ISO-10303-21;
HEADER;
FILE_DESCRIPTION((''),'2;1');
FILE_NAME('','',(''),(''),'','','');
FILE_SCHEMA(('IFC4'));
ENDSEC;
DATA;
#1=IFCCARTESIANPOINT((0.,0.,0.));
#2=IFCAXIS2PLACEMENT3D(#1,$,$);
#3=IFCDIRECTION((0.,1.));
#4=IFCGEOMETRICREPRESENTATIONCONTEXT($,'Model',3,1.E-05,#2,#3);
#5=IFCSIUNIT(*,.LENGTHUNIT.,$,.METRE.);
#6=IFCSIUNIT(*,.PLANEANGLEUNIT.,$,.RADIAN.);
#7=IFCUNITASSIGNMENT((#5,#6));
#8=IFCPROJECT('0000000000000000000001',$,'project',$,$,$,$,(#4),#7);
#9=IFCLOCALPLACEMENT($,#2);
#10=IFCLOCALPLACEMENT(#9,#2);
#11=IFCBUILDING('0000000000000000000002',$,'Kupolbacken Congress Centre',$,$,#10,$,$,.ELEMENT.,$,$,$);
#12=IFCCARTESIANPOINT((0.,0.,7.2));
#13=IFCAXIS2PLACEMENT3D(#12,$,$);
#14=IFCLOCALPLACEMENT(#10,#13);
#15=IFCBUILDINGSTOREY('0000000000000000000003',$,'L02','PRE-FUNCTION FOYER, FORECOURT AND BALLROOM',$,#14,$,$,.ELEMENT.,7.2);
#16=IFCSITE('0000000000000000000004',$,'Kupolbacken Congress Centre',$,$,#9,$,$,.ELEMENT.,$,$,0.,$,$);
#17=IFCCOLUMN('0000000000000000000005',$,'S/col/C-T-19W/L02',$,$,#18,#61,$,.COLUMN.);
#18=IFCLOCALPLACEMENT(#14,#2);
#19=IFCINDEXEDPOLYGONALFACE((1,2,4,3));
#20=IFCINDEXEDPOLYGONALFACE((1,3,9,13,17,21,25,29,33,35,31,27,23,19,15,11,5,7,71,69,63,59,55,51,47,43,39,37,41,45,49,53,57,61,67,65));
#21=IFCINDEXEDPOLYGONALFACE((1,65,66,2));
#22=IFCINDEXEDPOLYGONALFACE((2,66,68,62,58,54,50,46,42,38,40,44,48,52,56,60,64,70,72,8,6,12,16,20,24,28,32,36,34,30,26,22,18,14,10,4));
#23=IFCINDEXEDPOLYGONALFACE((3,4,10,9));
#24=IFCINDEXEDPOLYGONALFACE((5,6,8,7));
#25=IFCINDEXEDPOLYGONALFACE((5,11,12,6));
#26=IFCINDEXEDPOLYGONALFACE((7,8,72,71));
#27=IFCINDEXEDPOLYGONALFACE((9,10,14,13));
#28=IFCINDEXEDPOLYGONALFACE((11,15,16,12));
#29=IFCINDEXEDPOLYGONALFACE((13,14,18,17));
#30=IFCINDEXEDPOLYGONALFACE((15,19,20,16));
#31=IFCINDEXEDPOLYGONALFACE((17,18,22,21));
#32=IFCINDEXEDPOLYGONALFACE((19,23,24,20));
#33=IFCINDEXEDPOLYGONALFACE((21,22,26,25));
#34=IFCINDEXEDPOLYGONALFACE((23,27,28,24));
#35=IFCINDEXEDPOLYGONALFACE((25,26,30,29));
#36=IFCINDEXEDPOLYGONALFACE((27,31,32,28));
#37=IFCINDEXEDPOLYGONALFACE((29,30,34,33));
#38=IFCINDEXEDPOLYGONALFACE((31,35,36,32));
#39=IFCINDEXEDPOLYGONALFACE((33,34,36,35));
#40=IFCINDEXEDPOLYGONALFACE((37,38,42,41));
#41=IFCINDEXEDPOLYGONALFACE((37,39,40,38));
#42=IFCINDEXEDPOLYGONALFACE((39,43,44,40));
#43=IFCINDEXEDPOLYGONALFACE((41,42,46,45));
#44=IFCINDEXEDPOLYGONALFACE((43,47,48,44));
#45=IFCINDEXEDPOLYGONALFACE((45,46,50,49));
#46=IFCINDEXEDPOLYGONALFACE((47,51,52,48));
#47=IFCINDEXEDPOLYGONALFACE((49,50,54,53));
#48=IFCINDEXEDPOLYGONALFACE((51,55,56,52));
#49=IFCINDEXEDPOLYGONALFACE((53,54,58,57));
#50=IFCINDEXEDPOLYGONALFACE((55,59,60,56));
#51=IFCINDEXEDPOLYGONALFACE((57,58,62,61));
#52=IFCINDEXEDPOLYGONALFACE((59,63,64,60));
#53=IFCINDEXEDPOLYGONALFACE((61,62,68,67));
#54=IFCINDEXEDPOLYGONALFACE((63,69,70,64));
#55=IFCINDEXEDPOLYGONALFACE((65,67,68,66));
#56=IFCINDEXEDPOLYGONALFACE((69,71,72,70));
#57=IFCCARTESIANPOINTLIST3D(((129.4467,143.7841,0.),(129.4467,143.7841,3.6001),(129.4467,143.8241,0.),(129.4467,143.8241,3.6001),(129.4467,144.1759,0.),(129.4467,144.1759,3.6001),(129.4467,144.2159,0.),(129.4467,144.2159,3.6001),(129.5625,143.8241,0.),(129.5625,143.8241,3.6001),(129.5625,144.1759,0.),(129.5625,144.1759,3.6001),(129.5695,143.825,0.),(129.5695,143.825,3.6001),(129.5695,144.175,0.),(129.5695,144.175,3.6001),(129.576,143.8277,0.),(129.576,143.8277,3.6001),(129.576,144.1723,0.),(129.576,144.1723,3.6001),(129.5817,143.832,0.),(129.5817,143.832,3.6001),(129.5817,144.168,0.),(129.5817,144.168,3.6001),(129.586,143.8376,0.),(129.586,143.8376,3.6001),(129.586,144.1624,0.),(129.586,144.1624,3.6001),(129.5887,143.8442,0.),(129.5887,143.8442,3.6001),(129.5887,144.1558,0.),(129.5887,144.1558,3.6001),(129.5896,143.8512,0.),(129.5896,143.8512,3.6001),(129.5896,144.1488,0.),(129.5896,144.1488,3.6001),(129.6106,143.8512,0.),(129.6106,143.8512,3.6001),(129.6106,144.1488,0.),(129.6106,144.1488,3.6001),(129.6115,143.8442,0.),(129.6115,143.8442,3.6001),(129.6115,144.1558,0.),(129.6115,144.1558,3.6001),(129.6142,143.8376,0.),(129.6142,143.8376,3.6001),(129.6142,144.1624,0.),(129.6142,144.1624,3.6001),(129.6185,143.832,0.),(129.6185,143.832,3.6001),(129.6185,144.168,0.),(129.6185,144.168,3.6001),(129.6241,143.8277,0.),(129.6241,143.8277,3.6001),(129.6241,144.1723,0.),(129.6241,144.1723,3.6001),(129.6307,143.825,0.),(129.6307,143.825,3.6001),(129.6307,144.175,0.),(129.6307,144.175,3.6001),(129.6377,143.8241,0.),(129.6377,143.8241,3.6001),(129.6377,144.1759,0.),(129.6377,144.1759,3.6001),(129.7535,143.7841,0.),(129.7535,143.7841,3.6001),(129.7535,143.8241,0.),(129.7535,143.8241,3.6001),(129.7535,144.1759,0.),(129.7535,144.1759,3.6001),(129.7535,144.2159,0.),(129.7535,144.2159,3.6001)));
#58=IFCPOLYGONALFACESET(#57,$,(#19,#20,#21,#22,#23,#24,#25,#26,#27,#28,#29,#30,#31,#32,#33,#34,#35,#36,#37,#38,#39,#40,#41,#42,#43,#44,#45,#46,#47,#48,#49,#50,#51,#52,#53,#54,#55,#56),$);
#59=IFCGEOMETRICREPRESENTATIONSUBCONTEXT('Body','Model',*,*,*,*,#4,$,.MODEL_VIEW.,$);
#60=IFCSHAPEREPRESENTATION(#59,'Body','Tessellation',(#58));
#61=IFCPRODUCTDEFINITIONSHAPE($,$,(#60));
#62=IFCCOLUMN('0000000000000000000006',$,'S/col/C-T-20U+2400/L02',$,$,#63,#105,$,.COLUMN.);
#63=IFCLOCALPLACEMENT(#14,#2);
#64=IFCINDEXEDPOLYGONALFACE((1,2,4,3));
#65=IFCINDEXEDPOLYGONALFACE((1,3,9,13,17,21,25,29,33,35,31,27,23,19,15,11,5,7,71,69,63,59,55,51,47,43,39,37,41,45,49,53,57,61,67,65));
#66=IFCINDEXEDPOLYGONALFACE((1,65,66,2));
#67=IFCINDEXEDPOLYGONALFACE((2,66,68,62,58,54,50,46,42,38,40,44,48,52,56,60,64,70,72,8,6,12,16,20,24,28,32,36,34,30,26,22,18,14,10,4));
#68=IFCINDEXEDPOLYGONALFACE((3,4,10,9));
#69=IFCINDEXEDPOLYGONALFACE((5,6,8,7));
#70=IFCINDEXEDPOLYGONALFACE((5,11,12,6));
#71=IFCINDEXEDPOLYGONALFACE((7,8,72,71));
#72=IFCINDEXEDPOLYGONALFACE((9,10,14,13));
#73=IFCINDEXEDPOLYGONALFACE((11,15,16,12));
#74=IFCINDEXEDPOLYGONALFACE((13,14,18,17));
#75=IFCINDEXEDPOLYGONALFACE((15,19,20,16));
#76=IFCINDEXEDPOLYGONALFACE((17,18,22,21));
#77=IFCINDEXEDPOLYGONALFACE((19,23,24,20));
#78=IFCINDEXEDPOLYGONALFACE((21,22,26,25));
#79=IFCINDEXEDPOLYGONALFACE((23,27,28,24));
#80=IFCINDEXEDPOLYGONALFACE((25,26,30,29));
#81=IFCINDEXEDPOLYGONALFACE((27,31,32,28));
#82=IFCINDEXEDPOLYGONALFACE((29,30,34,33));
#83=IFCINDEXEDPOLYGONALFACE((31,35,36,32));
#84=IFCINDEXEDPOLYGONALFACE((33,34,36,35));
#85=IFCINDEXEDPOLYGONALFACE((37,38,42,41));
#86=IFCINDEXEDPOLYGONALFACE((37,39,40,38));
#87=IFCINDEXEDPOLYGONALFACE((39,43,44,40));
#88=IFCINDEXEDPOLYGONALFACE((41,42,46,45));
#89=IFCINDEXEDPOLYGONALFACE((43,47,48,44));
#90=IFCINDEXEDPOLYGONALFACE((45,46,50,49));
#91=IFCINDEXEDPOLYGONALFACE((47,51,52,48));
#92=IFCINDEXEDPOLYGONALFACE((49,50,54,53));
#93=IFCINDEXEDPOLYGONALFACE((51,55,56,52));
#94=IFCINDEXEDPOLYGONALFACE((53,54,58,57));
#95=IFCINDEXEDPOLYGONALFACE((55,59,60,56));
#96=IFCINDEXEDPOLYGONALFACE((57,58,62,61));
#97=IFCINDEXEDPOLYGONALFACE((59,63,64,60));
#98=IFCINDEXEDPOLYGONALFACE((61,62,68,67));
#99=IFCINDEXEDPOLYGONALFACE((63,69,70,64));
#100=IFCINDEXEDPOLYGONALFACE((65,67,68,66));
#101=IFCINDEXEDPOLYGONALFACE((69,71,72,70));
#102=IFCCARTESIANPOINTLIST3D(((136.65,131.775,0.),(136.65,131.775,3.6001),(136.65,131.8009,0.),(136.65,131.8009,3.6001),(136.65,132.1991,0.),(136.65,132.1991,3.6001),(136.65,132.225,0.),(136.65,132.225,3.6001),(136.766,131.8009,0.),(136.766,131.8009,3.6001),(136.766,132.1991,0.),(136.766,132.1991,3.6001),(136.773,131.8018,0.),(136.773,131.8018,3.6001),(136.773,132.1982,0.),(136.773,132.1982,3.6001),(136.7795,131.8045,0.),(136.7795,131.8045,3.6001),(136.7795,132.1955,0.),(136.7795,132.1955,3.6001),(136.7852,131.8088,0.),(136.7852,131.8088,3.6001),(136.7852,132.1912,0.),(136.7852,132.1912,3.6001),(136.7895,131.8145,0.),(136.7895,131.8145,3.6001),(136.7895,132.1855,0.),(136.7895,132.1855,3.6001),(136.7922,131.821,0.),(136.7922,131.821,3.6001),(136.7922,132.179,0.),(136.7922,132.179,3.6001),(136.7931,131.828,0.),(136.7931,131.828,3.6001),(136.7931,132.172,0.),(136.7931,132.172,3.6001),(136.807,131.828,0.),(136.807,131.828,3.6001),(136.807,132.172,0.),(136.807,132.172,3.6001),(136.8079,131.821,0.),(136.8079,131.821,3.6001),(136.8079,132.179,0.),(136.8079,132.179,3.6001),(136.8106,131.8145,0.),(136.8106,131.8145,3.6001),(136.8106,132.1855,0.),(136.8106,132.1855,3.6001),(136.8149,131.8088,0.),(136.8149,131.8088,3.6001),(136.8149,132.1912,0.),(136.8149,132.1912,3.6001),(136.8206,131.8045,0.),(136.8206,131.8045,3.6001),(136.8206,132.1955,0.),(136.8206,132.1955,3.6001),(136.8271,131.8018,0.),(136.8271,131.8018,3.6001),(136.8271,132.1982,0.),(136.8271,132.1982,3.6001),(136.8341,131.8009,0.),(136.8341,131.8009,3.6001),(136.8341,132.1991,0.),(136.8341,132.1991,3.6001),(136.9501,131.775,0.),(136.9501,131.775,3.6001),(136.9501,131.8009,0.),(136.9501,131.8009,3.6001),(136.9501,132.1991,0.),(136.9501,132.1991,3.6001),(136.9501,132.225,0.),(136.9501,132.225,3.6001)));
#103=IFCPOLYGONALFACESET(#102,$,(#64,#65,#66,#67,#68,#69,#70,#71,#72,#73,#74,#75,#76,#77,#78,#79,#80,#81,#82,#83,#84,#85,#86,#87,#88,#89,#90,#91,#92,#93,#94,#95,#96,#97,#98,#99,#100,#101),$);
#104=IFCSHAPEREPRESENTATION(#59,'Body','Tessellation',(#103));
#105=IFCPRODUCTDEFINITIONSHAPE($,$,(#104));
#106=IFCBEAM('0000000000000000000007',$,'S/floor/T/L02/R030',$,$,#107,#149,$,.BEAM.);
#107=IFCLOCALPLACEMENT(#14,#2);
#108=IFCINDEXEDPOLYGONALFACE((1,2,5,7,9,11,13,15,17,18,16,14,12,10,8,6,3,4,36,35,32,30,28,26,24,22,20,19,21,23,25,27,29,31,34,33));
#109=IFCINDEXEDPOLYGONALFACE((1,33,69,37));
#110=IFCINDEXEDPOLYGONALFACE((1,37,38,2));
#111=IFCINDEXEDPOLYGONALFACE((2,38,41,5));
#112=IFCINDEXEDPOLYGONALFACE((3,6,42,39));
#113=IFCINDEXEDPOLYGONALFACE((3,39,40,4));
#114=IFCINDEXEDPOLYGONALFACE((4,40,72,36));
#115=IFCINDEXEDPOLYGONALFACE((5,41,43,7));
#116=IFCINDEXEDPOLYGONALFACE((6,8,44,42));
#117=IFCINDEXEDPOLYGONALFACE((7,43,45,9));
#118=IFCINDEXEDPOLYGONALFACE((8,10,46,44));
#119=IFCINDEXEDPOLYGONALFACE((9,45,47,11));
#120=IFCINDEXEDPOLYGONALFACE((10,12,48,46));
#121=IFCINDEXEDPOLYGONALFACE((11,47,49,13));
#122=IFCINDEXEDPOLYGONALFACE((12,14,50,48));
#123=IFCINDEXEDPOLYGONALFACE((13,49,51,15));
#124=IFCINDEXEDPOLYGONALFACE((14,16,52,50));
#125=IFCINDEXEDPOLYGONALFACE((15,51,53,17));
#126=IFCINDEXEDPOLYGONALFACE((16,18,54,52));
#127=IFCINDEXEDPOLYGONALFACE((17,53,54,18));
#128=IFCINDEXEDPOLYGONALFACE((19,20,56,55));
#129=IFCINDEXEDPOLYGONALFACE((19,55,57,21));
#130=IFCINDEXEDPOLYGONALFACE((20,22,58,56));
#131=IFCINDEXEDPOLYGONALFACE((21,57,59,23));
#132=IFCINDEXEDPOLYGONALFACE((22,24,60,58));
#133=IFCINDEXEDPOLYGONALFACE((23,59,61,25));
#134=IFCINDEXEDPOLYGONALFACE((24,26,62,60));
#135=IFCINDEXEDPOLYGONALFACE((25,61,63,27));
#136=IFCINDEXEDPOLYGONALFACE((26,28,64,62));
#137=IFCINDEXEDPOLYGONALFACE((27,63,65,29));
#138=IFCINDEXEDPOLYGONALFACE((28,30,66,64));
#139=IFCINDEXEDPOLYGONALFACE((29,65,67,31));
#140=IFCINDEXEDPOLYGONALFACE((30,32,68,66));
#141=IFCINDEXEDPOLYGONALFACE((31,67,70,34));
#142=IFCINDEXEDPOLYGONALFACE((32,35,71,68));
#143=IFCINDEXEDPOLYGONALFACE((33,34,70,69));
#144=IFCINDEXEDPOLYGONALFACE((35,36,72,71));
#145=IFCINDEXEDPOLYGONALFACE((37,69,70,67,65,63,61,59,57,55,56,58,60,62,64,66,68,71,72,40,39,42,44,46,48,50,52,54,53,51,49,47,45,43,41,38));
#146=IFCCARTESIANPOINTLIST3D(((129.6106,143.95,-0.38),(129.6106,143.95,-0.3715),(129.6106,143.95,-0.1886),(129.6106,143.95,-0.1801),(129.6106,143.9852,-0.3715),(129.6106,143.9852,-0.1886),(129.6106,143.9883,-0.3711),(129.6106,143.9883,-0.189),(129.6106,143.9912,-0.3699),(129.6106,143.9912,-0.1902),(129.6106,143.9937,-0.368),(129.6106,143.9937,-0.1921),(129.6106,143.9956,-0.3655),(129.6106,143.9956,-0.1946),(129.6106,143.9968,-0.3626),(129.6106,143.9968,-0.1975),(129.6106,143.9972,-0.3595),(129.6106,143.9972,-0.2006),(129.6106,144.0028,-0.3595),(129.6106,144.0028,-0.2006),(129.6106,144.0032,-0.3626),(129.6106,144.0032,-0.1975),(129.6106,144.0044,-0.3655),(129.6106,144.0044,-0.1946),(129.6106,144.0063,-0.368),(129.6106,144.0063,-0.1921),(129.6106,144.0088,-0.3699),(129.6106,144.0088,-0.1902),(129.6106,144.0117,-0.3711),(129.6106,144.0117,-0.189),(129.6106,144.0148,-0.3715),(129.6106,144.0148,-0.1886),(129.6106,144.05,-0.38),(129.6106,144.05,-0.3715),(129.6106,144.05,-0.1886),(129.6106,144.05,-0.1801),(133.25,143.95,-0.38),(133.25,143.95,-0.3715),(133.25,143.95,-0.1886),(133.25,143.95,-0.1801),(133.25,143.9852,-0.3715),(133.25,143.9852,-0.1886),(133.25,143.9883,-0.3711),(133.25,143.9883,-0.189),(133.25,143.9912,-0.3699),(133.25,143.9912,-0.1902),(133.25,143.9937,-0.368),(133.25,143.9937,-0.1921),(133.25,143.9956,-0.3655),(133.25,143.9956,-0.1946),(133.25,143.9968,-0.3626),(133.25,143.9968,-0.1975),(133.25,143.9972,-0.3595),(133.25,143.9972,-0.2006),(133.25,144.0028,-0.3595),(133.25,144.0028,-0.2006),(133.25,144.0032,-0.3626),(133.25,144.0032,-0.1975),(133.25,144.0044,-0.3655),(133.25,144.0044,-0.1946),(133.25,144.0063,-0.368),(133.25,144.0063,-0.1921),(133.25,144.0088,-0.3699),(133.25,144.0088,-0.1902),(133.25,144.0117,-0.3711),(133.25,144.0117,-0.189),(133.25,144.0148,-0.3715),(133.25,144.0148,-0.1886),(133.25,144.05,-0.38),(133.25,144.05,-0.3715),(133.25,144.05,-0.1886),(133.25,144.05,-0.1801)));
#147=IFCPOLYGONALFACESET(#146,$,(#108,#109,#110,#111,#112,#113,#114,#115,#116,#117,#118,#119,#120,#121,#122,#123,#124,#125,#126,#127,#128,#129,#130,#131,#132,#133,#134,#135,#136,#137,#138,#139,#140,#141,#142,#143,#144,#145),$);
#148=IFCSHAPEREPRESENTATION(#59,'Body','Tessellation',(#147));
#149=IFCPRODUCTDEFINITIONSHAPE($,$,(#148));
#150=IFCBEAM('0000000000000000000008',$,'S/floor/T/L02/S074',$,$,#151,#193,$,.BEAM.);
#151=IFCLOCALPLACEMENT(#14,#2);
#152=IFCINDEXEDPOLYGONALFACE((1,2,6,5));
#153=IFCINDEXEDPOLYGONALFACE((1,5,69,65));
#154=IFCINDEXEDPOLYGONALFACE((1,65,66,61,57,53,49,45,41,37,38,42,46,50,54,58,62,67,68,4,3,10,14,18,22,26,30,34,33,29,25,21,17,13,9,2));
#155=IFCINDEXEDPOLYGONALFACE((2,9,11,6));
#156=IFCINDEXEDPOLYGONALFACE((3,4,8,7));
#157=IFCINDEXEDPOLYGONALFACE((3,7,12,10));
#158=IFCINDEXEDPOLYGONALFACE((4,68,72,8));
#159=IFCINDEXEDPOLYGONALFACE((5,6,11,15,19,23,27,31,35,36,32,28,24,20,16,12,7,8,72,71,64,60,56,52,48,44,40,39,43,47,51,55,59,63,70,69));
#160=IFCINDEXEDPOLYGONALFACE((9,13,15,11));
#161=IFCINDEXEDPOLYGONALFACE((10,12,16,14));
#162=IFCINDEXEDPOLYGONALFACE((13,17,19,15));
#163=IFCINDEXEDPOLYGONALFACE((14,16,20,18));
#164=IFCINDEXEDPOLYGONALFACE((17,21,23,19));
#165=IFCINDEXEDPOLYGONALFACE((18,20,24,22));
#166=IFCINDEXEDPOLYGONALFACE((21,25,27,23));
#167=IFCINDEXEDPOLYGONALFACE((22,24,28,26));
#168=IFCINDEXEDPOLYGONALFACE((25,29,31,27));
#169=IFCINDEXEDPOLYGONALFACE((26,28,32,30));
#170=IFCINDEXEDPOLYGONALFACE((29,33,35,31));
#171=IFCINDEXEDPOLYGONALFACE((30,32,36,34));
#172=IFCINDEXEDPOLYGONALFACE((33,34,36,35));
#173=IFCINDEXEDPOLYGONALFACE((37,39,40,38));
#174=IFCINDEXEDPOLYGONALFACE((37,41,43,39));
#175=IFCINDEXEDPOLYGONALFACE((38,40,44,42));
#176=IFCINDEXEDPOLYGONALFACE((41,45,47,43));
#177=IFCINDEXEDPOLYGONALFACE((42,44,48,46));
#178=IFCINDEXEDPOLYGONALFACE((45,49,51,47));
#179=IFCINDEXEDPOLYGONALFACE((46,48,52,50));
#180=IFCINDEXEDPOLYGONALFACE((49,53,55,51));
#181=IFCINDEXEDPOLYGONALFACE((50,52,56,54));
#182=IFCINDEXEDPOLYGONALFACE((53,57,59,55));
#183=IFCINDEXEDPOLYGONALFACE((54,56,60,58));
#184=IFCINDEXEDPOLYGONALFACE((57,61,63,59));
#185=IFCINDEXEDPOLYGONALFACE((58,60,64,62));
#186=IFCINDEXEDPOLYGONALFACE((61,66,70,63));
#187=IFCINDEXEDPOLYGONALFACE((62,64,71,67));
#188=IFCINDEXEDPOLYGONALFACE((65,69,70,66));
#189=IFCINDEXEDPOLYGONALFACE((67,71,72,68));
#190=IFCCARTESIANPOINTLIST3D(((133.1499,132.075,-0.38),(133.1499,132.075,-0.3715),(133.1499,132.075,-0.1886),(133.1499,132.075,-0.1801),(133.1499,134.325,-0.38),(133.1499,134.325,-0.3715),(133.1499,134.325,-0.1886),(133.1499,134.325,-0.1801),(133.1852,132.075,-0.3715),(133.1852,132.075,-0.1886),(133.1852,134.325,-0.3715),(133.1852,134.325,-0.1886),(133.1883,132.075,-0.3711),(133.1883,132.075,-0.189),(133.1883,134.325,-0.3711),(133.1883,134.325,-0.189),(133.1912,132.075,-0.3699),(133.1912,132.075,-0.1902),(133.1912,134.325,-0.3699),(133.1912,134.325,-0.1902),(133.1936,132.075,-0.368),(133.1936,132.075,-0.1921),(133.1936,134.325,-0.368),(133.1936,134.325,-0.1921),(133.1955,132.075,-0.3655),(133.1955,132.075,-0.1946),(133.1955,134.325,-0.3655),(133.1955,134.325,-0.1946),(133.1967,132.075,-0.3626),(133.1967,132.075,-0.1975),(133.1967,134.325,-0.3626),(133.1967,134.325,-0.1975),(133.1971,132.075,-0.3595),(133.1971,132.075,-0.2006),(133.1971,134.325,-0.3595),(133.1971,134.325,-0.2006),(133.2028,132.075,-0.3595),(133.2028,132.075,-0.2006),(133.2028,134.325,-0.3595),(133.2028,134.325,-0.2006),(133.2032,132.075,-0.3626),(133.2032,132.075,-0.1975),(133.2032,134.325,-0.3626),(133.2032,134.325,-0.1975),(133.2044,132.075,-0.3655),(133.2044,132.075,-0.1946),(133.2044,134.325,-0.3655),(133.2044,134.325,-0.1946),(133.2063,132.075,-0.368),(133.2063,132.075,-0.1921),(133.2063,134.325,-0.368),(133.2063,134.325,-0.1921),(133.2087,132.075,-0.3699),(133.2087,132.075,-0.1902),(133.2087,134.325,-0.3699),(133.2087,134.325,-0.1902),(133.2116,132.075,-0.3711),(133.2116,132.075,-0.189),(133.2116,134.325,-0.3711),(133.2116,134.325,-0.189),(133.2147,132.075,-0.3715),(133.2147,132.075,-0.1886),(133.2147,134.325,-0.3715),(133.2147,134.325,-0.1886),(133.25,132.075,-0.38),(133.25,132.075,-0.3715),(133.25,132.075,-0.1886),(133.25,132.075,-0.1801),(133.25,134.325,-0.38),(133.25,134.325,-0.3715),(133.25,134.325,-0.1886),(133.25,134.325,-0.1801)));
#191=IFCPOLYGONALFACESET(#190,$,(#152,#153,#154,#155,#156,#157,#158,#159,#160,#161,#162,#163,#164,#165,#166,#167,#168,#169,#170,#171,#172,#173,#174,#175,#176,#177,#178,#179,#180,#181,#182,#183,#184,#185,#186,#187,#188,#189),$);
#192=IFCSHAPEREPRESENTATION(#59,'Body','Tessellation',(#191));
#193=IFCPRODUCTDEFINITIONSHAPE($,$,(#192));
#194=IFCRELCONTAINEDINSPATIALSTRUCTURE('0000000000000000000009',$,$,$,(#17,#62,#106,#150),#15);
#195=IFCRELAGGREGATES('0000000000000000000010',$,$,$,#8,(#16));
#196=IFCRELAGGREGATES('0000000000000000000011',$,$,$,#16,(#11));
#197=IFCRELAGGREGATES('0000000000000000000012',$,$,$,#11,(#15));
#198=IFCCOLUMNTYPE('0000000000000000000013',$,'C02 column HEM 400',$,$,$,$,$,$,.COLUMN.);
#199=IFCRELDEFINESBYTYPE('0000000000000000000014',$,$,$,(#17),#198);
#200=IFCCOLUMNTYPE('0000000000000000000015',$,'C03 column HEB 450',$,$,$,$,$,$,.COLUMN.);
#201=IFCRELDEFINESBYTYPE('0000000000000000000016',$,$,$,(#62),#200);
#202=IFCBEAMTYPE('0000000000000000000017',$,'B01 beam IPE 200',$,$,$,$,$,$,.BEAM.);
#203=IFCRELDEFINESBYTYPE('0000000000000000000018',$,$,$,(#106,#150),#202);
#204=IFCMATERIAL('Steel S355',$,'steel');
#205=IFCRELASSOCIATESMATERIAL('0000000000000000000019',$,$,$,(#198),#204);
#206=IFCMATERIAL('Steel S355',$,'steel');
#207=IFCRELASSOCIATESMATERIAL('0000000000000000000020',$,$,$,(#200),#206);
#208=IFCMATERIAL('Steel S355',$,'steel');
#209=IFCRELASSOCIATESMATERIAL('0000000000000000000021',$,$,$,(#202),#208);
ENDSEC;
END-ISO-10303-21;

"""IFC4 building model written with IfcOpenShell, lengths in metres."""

from ifc_helpers import new_model, si_unit, direction, frame, origin, origin_2d, place, context, subcontext, project, spatial, i_section, extrude, material, material_profile, profile_set, type_object, element, save


model = new_model("IFC4")

# Units and contexts
model_context = context("Model", 3, precision=1e-05, world=origin(), true_north=direction((0.0, 1.0)))
body_context = subcontext(model_context, "Body", "Model", "MODEL_VIEW")
ifc_project = project(units=[si_unit("LENGTHUNIT", "METRE"), si_unit("PLANEANGLEUNIT", "RADIAN")], contexts=[model_context])

# Site, building, storey
site_placement = place(None, origin())
site = spatial("IfcSite", under=ifc_project, at=site_placement, Name="Kupolbacken Congress Centre", CompositionType="ELEMENT", RefElevation=0.0)
building_placement = place(site_placement, origin())
building = spatial("IfcBuilding", under=site, at=building_placement, Name="Kupolbacken Congress Centre", CompositionType="ELEMENT")
storey_placement = place(building_placement, frame((0.0, 0.0, 7.2)))
storey = spatial("IfcBuildingStorey", under=building, at=storey_placement, Name="L02", Description="PRE-FUNCTION FOYER, FORECOURT AND BALLROOM", CompositionType="ELEMENT", Elevation=7.2)

# Columns
ifc_material_1 = material(Name="Steel S355", Category="steel")
ifc_material_profile_1 = material_profile(ifc_material_1, i_section(OverallWidth=0.3069, OverallDepth=0.4319, WebThickness=0.021, FlangeThickness=0.04, FilletRadius=0.0271, at=origin_2d()), Name="HEM 400")
ifc_profile_set_1 = profile_set([ifc_material_profile_1], Name="Steel S355")
column_type_1 = type_object("IfcColumnType", Name="C02 column HEM 400", PredefinedType="COLUMN", material=ifc_profile_set_1)
column_1_placement = place(storey_placement, frame((129.6001, 144.0, 0.0), z_axis=(0.0, 0.0, 1.0), x_axis=(1.0, 0.0, 0.0)))
element("IfcColumn", 1, at=column_1_placement, inside=storey, type_object=column_type_1, Name="S/col/C-T-19W/L02", PredefinedType="COLUMN", context=body_context, shape_type="SweptSolid", body=[
    extrude(i_section(OverallWidth=0.3069, OverallDepth=0.4319, WebThickness=0.021, FlangeThickness=0.04, FilletRadius=0.0271, at=origin_2d()), origin(), (0.0, 0.0, 1.0), 3.6001),
])
ifc_material_2 = material(Name="Steel S355", Category="steel")
ifc_material_profile_2 = material_profile(ifc_material_2, i_section(OverallWidth=0.3, OverallDepth=0.45, WebThickness=0.0139, FlangeThickness=0.0259, FilletRadius=0.0271, at=origin_2d()), Name="HEB 450")
ifc_profile_set_2 = profile_set([ifc_material_profile_2], Name="Steel S355")
column_type_2 = type_object("IfcColumnType", Name="C03 column HEB 450", PredefinedType="COLUMN", material=ifc_profile_set_2)
column_2_placement = place(storey_placement, frame((136.8, 132.0, 0.0), z_axis=(0.0, 0.0, 1.0), x_axis=(1.0, 0.0, 0.0)))
element("IfcColumn", 2, at=column_2_placement, inside=storey, type_object=column_type_2, Name="S/col/C-T-20U+2400/L02", PredefinedType="COLUMN", context=body_context, shape_type="SweptSolid", body=[
    extrude(i_section(OverallWidth=0.3, OverallDepth=0.45, WebThickness=0.0139, FlangeThickness=0.0259, FilletRadius=0.0271, at=origin_2d()), origin(), (0.0, 0.0, 1.0), 3.6001),
])

# Beams
ifc_material_3 = material(Name="Steel S355", Category="steel")
ifc_material_profile_3 = material_profile(ifc_material_3, i_section(OverallWidth=0.1001, OverallDepth=0.2, WebThickness=0.0056, FlangeThickness=0.0085, FilletRadius=0.012, at=origin_2d()), Name="IPE 200")
ifc_profile_set_3 = profile_set([ifc_material_profile_3], Name="Steel S355")
beam_type_1 = type_object("IfcBeamType", Name="B01 beam IPE 200", PredefinedType="BEAM", material=ifc_profile_set_3)
beam_1_placement = place(storey_placement, frame((129.6106, 144.0, -0.28), z_axis=(1.0, 0.0, 0.0), x_axis=(0.0, 1.0, 0.0)))
element("IfcBeam", 3, at=beam_1_placement, inside=storey, type_object=beam_type_1, Name="S/floor/T/L02/R030", PredefinedType="BEAM", context=body_context, shape_type="SweptSolid", body=[
    extrude(i_section(OverallWidth=0.1001, OverallDepth=0.2, WebThickness=0.0056, FlangeThickness=0.0085, FilletRadius=0.012, at=origin_2d()), origin(), (0.0, 0.0, 1.0), 3.6394),
])
beam_2_placement = place(storey_placement, frame((133.2, 132.075, -0.28), z_axis=(0.0, 1.0, 0.0), x_axis=(-1.0, 0.0, 0.0)))
element("IfcBeam", 4, at=beam_2_placement, inside=storey, type_object=beam_type_1, Name="S/floor/T/L02/S074", PredefinedType="BEAM", context=body_context, shape_type="SweptSolid", body=[
    extrude(i_section(OverallWidth=0.1001, OverallDepth=0.2, WebThickness=0.0056, FlangeThickness=0.0085, FilletRadius=0.012, at=origin_2d()), origin(), (0.0, 0.0, 1.0), 2.25),
])

save(model, "model.ifc")
